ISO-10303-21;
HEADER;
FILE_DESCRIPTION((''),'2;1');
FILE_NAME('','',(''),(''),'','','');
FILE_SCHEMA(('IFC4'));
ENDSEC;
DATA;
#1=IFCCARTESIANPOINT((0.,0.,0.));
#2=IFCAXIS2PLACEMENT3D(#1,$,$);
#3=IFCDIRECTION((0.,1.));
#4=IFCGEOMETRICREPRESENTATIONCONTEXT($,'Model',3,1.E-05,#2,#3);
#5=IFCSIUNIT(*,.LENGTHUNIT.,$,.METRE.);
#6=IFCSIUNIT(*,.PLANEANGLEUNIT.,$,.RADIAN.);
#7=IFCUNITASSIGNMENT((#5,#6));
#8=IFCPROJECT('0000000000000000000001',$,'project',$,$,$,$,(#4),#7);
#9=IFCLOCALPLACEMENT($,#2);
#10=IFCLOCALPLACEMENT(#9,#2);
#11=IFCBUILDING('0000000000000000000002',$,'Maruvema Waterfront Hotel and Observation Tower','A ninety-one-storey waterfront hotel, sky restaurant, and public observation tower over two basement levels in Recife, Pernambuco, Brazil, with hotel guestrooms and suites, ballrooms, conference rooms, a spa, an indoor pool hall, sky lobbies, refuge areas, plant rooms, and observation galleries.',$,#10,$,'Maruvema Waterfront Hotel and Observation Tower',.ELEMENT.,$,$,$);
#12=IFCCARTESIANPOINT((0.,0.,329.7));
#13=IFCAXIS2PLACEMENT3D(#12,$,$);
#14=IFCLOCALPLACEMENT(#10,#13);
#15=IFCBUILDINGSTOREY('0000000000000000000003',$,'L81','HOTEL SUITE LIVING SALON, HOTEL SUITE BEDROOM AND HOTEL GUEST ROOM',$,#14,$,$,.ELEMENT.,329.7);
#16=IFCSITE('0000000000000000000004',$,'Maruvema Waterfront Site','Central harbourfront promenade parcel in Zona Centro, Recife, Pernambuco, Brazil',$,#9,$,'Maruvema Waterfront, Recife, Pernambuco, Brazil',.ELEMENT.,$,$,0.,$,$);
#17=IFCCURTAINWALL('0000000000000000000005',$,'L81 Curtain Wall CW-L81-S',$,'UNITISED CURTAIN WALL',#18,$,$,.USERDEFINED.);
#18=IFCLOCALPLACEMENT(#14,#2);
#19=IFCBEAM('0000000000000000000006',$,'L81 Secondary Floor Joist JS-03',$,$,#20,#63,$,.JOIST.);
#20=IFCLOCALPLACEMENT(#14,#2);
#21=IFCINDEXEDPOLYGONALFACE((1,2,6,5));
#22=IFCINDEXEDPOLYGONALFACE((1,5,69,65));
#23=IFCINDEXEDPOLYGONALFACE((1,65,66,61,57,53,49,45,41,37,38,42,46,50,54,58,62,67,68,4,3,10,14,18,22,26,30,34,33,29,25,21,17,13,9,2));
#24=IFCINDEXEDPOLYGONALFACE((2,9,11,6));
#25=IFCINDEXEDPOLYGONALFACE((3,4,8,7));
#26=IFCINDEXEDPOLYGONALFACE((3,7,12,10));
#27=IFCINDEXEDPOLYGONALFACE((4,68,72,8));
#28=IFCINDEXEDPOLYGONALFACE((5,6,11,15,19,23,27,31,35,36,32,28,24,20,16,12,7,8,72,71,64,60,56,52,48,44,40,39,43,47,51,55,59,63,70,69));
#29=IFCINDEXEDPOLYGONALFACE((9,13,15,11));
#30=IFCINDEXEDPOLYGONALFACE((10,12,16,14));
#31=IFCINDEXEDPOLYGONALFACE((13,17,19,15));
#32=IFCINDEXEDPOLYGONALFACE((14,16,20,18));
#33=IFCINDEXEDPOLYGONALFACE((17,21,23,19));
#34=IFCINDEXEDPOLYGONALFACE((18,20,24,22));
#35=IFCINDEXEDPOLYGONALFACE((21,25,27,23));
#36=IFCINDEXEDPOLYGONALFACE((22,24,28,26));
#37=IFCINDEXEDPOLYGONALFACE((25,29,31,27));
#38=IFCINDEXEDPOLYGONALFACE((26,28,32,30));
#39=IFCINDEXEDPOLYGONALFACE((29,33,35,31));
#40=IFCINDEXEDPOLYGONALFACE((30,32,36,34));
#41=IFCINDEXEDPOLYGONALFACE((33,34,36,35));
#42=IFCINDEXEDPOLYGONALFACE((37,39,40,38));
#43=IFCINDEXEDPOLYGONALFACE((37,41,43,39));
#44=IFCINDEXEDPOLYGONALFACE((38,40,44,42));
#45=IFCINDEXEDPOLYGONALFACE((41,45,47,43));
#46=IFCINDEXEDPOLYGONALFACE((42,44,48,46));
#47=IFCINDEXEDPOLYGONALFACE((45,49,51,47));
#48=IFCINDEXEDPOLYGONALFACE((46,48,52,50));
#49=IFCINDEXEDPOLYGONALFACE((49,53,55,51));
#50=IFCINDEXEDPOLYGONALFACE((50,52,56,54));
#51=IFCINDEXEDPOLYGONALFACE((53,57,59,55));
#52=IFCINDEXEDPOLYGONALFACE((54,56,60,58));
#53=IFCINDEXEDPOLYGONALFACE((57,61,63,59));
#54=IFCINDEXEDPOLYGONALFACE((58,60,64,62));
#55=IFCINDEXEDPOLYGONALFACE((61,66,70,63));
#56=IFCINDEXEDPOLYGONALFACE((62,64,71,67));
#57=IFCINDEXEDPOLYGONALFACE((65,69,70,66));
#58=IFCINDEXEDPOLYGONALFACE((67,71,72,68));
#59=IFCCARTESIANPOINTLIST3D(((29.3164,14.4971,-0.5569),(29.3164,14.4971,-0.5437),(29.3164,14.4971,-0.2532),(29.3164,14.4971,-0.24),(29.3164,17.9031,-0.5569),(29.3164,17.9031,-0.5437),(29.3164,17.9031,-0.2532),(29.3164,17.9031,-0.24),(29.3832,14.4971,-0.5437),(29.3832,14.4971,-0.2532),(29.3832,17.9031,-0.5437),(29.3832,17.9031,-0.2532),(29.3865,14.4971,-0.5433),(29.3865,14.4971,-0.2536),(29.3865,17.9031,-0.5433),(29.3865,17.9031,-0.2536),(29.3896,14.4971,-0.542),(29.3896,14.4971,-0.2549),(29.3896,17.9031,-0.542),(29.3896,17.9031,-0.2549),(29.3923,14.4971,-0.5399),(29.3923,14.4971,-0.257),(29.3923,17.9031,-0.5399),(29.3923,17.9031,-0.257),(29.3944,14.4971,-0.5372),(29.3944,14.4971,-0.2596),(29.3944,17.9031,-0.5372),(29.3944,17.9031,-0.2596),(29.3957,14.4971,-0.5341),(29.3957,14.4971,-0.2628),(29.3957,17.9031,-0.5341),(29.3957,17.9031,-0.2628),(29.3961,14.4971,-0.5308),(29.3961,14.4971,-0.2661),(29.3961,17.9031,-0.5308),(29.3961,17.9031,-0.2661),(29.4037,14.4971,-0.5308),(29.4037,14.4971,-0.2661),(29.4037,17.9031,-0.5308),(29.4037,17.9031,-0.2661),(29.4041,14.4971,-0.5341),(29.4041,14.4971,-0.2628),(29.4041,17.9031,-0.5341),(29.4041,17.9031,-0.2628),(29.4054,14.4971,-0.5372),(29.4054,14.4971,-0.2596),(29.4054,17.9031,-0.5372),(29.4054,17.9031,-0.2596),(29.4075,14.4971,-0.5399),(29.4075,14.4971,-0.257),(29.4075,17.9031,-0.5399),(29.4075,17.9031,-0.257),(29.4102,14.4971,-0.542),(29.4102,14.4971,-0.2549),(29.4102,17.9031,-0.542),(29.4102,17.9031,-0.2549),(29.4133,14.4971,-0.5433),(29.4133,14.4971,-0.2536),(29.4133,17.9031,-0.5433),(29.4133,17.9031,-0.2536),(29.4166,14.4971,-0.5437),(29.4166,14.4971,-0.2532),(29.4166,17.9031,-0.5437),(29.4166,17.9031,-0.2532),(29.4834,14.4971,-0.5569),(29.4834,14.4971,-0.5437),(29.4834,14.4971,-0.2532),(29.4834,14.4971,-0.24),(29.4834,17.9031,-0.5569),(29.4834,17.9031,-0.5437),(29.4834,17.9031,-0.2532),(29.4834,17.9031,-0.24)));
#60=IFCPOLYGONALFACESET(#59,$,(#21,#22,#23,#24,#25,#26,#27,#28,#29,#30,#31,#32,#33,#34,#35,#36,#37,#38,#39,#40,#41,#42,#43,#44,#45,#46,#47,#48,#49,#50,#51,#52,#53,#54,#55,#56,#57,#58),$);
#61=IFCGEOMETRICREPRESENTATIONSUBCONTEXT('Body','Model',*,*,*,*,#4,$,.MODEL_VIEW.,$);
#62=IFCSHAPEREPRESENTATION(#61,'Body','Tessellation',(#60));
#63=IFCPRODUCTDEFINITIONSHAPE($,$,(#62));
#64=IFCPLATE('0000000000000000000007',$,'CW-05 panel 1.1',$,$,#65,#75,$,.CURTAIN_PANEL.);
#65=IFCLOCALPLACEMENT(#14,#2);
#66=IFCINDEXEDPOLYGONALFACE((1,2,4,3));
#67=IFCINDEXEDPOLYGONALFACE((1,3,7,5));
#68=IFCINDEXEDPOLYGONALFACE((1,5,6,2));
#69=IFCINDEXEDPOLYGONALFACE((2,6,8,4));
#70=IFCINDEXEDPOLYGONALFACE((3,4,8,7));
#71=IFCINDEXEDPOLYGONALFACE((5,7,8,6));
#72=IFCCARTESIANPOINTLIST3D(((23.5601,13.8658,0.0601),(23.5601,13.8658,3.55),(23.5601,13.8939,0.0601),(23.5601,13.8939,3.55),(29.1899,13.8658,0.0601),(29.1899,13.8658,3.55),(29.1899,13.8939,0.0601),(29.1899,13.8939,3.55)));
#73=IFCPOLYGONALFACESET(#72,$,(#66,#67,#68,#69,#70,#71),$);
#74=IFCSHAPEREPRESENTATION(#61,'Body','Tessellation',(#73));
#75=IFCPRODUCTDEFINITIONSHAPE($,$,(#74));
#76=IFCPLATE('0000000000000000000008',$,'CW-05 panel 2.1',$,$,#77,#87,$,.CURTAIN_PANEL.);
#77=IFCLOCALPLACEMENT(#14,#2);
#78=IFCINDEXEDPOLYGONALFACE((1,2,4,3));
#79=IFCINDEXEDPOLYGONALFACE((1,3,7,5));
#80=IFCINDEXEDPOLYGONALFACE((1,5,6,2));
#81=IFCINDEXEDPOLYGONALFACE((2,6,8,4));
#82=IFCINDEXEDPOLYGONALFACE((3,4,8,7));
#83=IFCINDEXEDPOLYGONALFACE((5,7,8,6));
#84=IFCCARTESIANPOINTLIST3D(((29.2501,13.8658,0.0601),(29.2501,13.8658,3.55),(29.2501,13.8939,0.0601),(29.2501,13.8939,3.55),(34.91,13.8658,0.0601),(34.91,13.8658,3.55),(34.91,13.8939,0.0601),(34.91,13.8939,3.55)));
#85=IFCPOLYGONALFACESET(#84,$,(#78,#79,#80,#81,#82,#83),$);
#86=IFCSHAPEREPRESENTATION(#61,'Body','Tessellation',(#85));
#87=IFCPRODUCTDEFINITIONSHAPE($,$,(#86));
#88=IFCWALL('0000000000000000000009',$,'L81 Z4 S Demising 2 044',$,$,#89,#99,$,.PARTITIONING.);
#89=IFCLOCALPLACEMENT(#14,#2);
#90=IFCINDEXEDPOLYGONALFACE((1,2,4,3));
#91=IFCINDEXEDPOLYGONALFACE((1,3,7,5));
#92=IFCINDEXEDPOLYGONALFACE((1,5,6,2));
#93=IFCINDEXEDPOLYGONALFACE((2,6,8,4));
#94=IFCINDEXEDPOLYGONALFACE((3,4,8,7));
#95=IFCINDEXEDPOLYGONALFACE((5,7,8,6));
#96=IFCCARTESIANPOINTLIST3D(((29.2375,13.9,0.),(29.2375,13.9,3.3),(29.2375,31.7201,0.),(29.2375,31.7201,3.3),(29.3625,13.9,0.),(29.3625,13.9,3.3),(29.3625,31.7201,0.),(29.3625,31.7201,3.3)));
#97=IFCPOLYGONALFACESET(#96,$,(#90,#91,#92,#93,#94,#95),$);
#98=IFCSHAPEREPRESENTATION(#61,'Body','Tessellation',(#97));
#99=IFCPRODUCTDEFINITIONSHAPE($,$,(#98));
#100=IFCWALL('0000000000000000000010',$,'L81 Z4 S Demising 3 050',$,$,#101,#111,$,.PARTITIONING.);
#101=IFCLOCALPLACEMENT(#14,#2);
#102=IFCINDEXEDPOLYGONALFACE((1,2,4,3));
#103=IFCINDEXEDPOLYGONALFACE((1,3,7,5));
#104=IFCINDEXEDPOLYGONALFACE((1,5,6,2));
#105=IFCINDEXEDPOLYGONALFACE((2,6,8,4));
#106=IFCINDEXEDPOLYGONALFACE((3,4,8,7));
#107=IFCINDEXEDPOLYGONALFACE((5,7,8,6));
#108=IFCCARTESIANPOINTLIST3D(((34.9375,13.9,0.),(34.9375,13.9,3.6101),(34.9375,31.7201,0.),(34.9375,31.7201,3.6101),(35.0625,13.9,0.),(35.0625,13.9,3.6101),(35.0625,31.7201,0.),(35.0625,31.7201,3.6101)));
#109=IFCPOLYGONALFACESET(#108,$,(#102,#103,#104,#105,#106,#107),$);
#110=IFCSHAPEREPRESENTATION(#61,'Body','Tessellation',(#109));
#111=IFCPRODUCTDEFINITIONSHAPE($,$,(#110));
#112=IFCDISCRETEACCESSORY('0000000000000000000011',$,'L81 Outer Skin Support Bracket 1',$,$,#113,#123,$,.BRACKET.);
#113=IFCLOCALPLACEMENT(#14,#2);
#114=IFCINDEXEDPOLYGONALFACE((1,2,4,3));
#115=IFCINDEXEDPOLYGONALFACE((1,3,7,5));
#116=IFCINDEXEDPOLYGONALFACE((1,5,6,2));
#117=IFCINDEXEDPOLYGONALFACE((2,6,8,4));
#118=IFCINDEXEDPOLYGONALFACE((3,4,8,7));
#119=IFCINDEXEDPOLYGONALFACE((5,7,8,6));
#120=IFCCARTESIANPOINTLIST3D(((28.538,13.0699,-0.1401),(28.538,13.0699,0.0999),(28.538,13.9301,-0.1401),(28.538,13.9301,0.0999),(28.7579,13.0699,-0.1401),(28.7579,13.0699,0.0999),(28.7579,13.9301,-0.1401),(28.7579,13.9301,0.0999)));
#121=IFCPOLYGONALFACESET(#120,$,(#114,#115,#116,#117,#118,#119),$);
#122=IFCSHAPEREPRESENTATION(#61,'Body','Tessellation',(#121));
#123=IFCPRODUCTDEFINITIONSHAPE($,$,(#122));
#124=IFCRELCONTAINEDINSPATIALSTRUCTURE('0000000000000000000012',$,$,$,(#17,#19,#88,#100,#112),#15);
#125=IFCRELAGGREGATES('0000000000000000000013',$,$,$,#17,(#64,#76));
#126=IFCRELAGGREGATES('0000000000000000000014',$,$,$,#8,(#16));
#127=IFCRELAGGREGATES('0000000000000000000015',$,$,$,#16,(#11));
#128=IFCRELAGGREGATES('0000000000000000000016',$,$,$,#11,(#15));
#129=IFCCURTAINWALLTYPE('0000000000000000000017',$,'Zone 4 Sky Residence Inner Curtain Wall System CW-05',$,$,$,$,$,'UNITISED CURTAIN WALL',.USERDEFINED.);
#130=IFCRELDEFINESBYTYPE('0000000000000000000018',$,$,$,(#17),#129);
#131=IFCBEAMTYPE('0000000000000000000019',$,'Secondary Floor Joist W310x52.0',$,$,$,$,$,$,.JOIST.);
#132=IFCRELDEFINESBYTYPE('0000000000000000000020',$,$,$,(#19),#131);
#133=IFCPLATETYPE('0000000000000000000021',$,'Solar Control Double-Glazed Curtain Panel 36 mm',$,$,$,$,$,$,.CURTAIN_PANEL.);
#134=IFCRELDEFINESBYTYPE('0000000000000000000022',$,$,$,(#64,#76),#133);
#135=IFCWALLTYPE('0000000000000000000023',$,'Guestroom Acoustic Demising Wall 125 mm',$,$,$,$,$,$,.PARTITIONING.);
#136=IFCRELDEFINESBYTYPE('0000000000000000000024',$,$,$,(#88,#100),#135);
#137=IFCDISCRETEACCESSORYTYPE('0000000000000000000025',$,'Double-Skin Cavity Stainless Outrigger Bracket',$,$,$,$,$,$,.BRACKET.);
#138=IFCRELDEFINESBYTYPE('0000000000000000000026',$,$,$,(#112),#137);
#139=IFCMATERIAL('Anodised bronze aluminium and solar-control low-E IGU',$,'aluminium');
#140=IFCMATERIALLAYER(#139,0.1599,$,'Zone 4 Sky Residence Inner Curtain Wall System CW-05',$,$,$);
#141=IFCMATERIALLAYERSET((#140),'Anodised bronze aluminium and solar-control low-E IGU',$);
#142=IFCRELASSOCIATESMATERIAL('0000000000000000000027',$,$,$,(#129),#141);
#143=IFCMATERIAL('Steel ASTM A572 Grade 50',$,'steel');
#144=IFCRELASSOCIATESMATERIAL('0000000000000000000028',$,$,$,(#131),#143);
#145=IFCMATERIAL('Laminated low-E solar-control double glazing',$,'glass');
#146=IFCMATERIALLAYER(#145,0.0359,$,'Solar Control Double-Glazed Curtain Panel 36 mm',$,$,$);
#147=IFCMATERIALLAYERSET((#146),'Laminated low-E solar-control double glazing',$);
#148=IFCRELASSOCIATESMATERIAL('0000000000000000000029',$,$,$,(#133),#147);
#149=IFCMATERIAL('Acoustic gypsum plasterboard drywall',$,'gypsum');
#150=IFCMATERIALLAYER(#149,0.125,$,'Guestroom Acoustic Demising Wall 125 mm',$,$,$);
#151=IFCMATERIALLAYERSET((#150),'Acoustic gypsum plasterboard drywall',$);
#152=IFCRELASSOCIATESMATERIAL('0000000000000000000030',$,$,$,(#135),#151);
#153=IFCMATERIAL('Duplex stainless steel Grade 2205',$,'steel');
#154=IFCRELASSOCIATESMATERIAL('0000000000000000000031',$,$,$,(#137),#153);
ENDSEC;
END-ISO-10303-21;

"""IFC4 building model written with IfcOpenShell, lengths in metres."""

from ifc_helpers import new_model, si_unit, direction, frame, frame_2d, origin, origin_2d, place, context, subcontext, project, spatial, rectangle, i_section, extrude, material, layer, layer_set, material_profile, profile_set, type_object, element, aggregate, save


model = new_model("IFC4")

# Units and contexts
model_context = context("Model", 3, precision=1e-05, world=origin(), true_north=direction((0.0, 1.0)))
body_context = subcontext(model_context, "Body", "Model", "MODEL_VIEW")
ifc_project = project(units=[si_unit("LENGTHUNIT", "METRE"), si_unit("PLANEANGLEUNIT", "RADIAN")], contexts=[model_context])

# Site, building, storey
site_placement = place(None, origin())
site = spatial("IfcSite", under=ifc_project, at=site_placement, Name="Maruvema Waterfront Site", Description="Central harbourfront promenade parcel in Zona Centro, Recife, Pernambuco, Brazil", LongName="Maruvema Waterfront, Recife, Pernambuco, Brazil", CompositionType="ELEMENT", RefElevation=0.0)
building_placement = place(site_placement, origin())
building = spatial("IfcBuilding", under=site, at=building_placement, Name="Maruvema Waterfront Hotel and Observation Tower", Description="A ninety-one-storey waterfront hotel, sky restaurant, and public observation tower over two basement levels in Recife, Pernambuco, Brazil, with hotel guestrooms and suites, ballrooms, conference rooms, a spa, an indoor pool hall, sky lobbies, refuge areas, plant rooms, and observation galleries.", LongName="Maruvema Waterfront Hotel and Observation Tower", CompositionType="ELEMENT")
storey_placement = place(building_placement, frame((0.0, 0.0, 329.7)))
storey = spatial("IfcBuildingStorey", under=building, at=storey_placement, Name="L81", Description="HOTEL SUITE LIVING SALON, HOTEL SUITE BEDROOM AND HOTEL GUEST ROOM", CompositionType="ELEMENT", Elevation=329.7)

# Curtain wall
ifc_material_1 = material(Name="Anodised bronze aluminium and solar-control low-E IGU", Category="aluminium")
ifc_layer_1 = layer(ifc_material_1, 0.1599, Name="Zone 4 Sky Residence Inner Curtain Wall System CW-05")
ifc_layer_set_1 = layer_set([ifc_layer_1], Name="Anodised bronze aluminium and solar-control low-E IGU")
curtain_wall_type = type_object("IfcCurtainWallType", Name="Zone 4 Sky Residence Inner Curtain Wall System CW-05", ElementType="UNITISED CURTAIN WALL", PredefinedType="USERDEFINED", material=ifc_layer_set_1)
curtain_wall_placement = place(storey_placement, origin())
curtain_wall = element("IfcCurtainWall", 1, at=curtain_wall_placement, inside=storey, type_object=curtain_wall_type, Name="L81 Curtain Wall CW-L81-S", ObjectType="UNITISED CURTAIN WALL", PredefinedType="USERDEFINED")

# Beam
ifc_material_2 = material(Name="Steel ASTM A572 Grade 50", Category="steel")
ifc_material_profile_1 = material_profile(ifc_material_2, i_section(OverallWidth=0.167, OverallDepth=0.3169, WebThickness=0.0076, FlangeThickness=0.0132, FilletRadius=0.0129, at=origin_2d()), Name="W310x52.0")
ifc_profile_set_1 = profile_set([ifc_material_profile_1], Name="Steel ASTM A572 Grade 50")
beam_type_1 = type_object("IfcBeamType", Name="Secondary Floor Joist W310x52.0", PredefinedType="JOIST", material=ifc_profile_set_1)
beam_1_placement = place(storey_placement, frame((29.3999, 14.4971, -0.3984), z_axis=(0.0, 1.0, 0.0), x_axis=(-1.0, 0.0, 0.0)))
element("IfcBeam", 2, at=beam_1_placement, inside=storey, type_object=beam_type_1, Name="L81 Secondary Floor Joist JS-03", PredefinedType="JOIST", context=body_context, shape_type="SweptSolid", body=[
    extrude(i_section(OverallWidth=0.167, OverallDepth=0.3169, WebThickness=0.0076, FlangeThickness=0.0132, FilletRadius=0.0129, at=origin_2d()), origin(), (0.0, 0.0, 1.0), 3.406),
])

# Plates
ifc_material_3 = material(Name="Laminated low-E solar-control double glazing", Category="glass")
ifc_layer_2 = layer(ifc_material_3, 0.0359, Name="Solar Control Double-Glazed Curtain Panel 36 mm")
ifc_layer_set_2 = layer_set([ifc_layer_2], Name="Laminated low-E solar-control double glazing")
plate_type = type_object("IfcPlateType", Name="Solar Control Double-Glazed Curtain Panel 36 mm", PredefinedType="CURTAIN_PANEL", material=ifc_layer_set_2)
plate_1_placement = place(storey_placement, frame((26.375, 13.8799, 0.0601), z_axis=(0.0, 0.0, 1.0), x_axis=(1.0, 0.0, 0.0)))
plate_1 = element("IfcPlate", 3, at=plate_1_placement, type_object=plate_type, Name="CW-05 panel 1.1", PredefinedType="CURTAIN_PANEL", context=body_context, shape_type="SweptSolid", body=[
    extrude(rectangle(XDim=5.6299, YDim=0.0281, at=origin_2d()), origin(), (0.0, 0.0, 1.0), 3.49),
])
plate_2_placement = place(storey_placement, frame((32.0801, 13.8799, 0.0601), z_axis=(0.0, 0.0, 1.0), x_axis=(1.0, 0.0, 0.0)))
plate_2 = element("IfcPlate", 4, at=plate_2_placement, type_object=plate_type, Name="CW-05 panel 2.1", PredefinedType="CURTAIN_PANEL", context=body_context, shape_type="SweptSolid", body=[
    extrude(rectangle(XDim=5.6599, YDim=0.0281, at=origin_2d()), origin(), (0.0, 0.0, 1.0), 3.49),
])
aggregate(curtain_wall, [plate_1, plate_2])

# Walls
ifc_material_4 = material(Name="Acoustic gypsum plasterboard drywall", Category="gypsum")
ifc_layer_3 = layer(ifc_material_4, 0.125, Name="Guestroom Acoustic Demising Wall 125 mm")
ifc_layer_set_3 = layer_set([ifc_layer_3], Name="Acoustic gypsum plasterboard drywall")
wall_type = type_object("IfcWallType", Name="Guestroom Acoustic Demising Wall 125 mm", PredefinedType="PARTITIONING", material=ifc_layer_set_3)
wall_1_placement = place(storey_placement, frame((29.3, 13.8999, 0.0), z_axis=(0.0, 0.0, 1.0), x_axis=(0.0, 1.0, 0.0)))
element("IfcWall", 5, at=wall_1_placement, inside=storey, type_object=wall_type, Name="L81 Z4 S Demising 2 044", PredefinedType="PARTITIONING", context=body_context, shape_type="SweptSolid", body=[
    extrude(rectangle(XDim=17.8201, YDim=0.125, at=frame_2d((8.9102, 0.0))), origin(), (0.0, 0.0, 1.0), 3.3),
])
wall_2_placement = place(storey_placement, frame((35.0, 13.8999, 0.0), z_axis=(0.0, 0.0, 1.0), x_axis=(0.0, 1.0, 0.0)))
element("IfcWall", 6, at=wall_2_placement, inside=storey, type_object=wall_type, Name="L81 Z4 S Demising 3 050", PredefinedType="PARTITIONING", context=body_context, shape_type="SweptSolid", body=[
    extrude(rectangle(XDim=17.8201, YDim=0.125, at=frame_2d((8.9102, 0.0))), origin(), (0.0, 0.0, 1.0), 3.6101),
])

# Discrete accessory
ifc_material_5 = material(Name="Duplex stainless steel Grade 2205", Category="steel")
discrete_accessory_type = type_object("IfcDiscreteAccessoryType", Name="Double-Skin Cavity Stainless Outrigger Bracket", PredefinedType="BRACKET", material=ifc_material_5)
discrete_accessory_placement = place(storey_placement, frame((28.6479, 13.5, -0.1401), z_axis=(0.0, 0.0, 1.0), x_axis=(1.0, 0.0, 0.0)))
element("IfcDiscreteAccessory", 7, at=discrete_accessory_placement, inside=storey, type_object=discrete_accessory_type, Name="L81 Outer Skin Support Bracket 1", PredefinedType="BRACKET", context=body_context, shape_type="SweptSolid", body=[
    extrude(rectangle(XDim=0.22, YDim=0.8601, at=origin_2d()), origin(), (0.0, 0.0, 1.0), 0.24),
])

save(model, "model.ifc")
